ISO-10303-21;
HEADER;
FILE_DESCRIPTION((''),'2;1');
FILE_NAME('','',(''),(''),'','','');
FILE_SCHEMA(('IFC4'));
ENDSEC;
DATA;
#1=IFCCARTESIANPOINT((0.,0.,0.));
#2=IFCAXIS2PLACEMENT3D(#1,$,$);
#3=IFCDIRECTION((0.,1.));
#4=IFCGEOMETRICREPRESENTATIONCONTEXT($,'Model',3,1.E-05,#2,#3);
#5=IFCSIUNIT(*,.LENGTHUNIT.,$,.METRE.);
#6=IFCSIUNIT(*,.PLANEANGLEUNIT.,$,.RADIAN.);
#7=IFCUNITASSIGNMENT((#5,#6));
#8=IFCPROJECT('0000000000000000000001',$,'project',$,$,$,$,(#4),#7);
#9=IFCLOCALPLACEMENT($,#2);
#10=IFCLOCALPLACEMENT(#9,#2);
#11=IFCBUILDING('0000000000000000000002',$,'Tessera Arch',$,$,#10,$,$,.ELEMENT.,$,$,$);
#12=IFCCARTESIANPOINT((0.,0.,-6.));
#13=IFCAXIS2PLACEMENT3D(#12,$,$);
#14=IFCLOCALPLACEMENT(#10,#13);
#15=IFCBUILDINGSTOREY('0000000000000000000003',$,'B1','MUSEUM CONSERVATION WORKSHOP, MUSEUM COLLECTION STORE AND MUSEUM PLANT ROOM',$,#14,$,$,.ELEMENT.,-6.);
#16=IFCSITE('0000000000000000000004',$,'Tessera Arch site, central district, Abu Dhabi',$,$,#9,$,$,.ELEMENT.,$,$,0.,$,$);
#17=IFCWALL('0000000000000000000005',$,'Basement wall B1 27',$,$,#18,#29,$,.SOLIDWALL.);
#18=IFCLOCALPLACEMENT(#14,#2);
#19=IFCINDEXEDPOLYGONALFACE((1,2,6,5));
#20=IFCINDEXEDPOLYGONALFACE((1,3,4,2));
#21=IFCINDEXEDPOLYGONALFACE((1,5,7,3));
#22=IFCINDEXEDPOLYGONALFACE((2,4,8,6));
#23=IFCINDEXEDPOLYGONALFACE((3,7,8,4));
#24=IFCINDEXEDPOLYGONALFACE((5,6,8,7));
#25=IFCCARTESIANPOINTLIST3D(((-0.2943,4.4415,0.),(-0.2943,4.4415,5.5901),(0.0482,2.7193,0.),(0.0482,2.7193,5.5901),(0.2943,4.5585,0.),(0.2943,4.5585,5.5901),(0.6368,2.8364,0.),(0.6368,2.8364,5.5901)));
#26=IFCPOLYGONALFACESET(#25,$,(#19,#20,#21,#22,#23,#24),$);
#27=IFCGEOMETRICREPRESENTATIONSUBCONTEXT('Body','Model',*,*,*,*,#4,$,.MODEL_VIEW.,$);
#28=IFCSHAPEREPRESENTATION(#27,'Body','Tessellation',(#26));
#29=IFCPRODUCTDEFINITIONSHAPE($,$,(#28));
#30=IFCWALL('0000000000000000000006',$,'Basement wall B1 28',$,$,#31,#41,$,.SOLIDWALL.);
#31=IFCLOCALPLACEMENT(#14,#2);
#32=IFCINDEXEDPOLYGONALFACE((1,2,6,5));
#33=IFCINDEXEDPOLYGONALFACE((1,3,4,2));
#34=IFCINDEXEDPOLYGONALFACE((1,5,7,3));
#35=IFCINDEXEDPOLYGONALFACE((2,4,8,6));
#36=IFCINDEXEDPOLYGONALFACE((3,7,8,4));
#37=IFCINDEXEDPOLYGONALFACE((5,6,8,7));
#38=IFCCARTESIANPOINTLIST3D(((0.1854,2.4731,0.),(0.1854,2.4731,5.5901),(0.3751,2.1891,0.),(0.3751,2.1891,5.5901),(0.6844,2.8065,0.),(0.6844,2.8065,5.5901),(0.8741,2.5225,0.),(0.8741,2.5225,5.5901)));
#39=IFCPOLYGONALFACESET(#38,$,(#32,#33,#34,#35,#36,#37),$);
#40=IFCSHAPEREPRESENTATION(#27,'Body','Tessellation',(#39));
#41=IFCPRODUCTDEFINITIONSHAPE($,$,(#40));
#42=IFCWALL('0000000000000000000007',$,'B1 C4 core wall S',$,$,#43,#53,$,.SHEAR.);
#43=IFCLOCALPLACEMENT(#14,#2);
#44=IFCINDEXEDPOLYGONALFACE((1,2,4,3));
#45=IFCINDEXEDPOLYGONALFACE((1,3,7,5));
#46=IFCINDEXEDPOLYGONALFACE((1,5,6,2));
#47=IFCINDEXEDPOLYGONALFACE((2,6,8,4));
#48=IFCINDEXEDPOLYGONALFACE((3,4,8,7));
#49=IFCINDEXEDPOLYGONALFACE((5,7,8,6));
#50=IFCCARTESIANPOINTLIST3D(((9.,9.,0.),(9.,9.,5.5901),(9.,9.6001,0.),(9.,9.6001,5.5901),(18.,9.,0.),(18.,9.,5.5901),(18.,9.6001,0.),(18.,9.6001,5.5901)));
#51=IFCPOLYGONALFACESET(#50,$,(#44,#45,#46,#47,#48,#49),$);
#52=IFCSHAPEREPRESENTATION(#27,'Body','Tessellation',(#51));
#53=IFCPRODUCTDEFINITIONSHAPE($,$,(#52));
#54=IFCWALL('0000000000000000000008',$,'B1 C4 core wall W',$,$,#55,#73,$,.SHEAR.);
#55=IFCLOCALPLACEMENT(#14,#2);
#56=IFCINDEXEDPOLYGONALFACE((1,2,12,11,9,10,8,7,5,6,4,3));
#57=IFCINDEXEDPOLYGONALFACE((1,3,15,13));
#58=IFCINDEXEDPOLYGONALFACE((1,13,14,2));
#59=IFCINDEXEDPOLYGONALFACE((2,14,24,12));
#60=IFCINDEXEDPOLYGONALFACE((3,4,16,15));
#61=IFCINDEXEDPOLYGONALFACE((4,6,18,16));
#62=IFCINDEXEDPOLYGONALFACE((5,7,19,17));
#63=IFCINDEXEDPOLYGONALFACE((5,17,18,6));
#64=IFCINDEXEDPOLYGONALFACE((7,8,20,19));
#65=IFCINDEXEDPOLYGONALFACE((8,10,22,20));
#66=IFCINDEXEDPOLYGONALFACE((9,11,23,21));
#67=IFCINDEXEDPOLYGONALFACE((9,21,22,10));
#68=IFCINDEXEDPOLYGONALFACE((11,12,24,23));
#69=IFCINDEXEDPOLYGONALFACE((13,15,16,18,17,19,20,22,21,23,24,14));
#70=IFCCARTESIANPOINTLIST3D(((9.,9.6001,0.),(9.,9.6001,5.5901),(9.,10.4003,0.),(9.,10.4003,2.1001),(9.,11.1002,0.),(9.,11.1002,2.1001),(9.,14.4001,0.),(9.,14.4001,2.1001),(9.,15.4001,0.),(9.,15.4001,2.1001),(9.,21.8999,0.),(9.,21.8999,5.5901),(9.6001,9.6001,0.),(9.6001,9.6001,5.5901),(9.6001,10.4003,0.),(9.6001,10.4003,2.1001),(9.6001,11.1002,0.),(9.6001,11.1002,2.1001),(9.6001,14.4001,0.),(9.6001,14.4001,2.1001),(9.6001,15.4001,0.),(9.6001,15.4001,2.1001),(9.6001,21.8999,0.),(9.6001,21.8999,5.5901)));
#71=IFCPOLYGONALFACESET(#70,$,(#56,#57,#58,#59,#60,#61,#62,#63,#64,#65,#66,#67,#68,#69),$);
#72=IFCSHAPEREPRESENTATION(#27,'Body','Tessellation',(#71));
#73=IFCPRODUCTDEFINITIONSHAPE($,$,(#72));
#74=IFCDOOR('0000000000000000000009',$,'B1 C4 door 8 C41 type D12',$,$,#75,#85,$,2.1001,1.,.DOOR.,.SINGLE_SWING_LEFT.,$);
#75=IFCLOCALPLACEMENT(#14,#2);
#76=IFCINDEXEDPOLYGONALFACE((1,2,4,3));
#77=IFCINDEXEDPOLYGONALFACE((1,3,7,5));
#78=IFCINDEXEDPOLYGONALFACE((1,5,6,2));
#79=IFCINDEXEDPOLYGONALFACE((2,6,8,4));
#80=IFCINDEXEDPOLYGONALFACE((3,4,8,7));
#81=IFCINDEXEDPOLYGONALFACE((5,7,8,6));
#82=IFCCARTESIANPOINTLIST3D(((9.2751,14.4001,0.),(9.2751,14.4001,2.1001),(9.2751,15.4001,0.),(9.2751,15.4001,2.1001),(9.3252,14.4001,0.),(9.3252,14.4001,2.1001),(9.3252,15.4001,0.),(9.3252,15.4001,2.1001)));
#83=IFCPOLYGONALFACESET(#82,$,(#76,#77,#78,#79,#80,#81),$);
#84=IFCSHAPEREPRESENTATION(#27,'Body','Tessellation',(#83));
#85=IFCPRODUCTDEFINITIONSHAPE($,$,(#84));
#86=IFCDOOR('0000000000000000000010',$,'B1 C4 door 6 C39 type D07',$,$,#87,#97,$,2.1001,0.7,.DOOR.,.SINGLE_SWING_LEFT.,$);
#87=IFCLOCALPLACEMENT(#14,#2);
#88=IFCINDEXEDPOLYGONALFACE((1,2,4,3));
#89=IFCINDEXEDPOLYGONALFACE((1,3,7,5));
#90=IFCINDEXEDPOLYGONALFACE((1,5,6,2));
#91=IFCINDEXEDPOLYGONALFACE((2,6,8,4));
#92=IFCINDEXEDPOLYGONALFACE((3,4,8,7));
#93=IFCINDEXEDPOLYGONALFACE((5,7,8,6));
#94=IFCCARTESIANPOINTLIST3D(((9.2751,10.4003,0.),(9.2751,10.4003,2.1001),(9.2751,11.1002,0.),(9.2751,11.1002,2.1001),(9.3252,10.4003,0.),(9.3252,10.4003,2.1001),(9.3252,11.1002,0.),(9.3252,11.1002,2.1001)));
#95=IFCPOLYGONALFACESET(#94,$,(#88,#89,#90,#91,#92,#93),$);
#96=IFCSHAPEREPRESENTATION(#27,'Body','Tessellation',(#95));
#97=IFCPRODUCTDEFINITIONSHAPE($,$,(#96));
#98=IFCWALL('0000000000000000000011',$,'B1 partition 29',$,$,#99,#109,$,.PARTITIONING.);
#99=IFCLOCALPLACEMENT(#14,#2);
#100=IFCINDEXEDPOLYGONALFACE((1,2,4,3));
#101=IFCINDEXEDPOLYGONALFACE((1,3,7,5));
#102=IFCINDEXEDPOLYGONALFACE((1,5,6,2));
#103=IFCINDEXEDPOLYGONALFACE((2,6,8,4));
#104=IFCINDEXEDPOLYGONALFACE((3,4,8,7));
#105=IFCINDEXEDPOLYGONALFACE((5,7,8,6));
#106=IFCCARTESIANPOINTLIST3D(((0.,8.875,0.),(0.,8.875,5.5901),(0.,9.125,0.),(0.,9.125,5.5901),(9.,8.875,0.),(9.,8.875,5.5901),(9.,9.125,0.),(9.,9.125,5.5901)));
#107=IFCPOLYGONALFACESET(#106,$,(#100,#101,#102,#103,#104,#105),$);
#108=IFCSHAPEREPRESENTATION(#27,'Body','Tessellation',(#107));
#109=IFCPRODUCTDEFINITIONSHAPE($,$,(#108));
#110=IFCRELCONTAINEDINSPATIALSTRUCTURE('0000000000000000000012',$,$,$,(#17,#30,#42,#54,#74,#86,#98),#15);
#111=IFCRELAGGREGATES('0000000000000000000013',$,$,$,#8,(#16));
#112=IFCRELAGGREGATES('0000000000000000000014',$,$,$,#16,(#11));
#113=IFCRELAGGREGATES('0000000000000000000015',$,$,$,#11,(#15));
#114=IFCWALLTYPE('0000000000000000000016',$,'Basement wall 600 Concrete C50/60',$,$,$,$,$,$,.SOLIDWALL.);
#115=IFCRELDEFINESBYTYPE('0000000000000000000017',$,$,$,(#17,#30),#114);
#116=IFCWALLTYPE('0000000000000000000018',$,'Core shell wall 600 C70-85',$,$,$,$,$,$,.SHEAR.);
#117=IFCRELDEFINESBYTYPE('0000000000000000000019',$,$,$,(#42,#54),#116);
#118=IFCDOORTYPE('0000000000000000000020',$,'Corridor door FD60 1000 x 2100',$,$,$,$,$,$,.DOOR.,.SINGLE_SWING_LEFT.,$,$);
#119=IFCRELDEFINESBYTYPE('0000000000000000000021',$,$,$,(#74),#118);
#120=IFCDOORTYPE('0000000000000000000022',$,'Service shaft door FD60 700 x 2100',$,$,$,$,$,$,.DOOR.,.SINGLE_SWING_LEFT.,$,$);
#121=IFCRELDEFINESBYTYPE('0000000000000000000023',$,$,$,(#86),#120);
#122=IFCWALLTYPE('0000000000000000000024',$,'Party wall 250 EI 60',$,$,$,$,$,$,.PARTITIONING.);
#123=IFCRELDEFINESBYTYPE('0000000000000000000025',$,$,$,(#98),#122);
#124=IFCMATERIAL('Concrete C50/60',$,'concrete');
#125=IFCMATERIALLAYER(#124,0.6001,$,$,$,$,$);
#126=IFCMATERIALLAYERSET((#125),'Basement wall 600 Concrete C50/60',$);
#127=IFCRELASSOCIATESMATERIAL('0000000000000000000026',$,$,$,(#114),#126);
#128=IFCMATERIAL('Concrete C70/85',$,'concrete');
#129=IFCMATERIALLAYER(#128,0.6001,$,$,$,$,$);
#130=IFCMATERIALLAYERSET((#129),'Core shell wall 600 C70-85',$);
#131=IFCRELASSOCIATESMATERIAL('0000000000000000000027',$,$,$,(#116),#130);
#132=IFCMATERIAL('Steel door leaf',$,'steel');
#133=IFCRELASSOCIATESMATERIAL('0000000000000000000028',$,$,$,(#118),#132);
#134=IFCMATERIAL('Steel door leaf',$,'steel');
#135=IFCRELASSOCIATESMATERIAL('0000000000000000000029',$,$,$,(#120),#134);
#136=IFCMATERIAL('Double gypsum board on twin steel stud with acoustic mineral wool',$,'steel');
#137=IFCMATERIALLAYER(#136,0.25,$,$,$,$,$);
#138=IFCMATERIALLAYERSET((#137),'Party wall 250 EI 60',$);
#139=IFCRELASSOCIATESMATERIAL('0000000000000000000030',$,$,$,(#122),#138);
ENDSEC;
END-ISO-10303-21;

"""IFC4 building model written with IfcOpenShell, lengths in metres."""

from ifc_helpers import new_model, si_unit, direction, frame, frame_2d, origin, place, context, subcontext, project, spatial, rectangle, extrude, material, layer, layer_set, type_object, element, fill, save


model = new_model("IFC4")

# Units and contexts
model_context = context("Model", 3, precision=1e-05, world=origin(), true_north=direction((0.0, 1.0)))
body_context = subcontext(model_context, "Body", "Model", "MODEL_VIEW")
ifc_project = project(units=[si_unit("LENGTHUNIT", "METRE"), si_unit("PLANEANGLEUNIT", "RADIAN")], contexts=[model_context])

# Site, building, storey
site_placement = place(None, origin())
site = spatial("IfcSite", under=ifc_project, at=site_placement, Name="Tessera Arch site, central district, Abu Dhabi", CompositionType="ELEMENT", RefElevation=0.0)
building_placement = place(site_placement, origin())
building = spatial("IfcBuilding", under=site, at=building_placement, Name="Tessera Arch", CompositionType="ELEMENT")
storey_placement = place(building_placement, frame((0.0, 0.0, -6.0)))
storey = spatial("IfcBuildingStorey", under=building, at=storey_placement, Name="B1", Description="MUSEUM CONSERVATION WORKSHOP, MUSEUM COLLECTION STORE AND MUSEUM PLANT ROOM", CompositionType="ELEMENT", Elevation=-6.0)

# Walls
ifc_material_1 = material(Name="Concrete C50/60", Category="concrete")
ifc_layer_1 = layer(ifc_material_1, 0.6001)
ifc_layer_set_1 = layer_set([ifc_layer_1], Name="Basement wall 600 Concrete C50/60")
wall_type_1 = type_object("IfcWallType", Name="Basement wall 600 Concrete C50/60", PredefinedType="SOLIDWALL", material=ifc_layer_set_1)
wall_1_placement = place(storey_placement, frame((0.0, 4.5, 0.0), z_axis=(0.0, 0.0, 1.0), x_axis=(0.195073, -0.980789, 0.0)))
element("IfcWall", 1, at=wall_1_placement, inside=storey, type_object=wall_type_1, Name="Basement wall B1 27", PredefinedType="SOLIDWALL", context=body_context, shape_type="SweptSolid", body=[
    extrude(rectangle(XDim=1.7559, YDim=0.6001, at=frame_2d((0.8779, 0.0))), origin(), (0.0, 0.0, 1.0), 5.5901),
])
wall_2_placement = place(storey_placement, frame((0.4348, 2.6399, 0.0), z_axis=(0.0, 0.0, 1.0), x_axis=(0.555525, -0.8315, 0.0)))
element("IfcWall", 2, at=wall_2_placement, inside=storey, type_object=wall_type_1, Name="Basement wall B1 28", PredefinedType="SOLIDWALL", context=body_context, shape_type="SweptSolid", body=[
    extrude(rectangle(XDim=0.3416, YDim=0.6001, at=frame_2d((0.1709, 0.0))), origin(), (0.0, 0.0, 1.0), 5.5901),
])
ifc_material_2 = material(Name="Concrete C70/85", Category="concrete")
ifc_layer_2 = layer(ifc_material_2, 0.6001)
ifc_layer_set_2 = layer_set([ifc_layer_2], Name="Core shell wall 600 C70-85")
wall_type_2 = type_object("IfcWallType", Name="Core shell wall 600 C70-85", PredefinedType="SHEAR", material=ifc_layer_set_2)
wall_3_placement = place(storey_placement, frame((9.0, 9.3, 0.0), z_axis=(0.0, 0.0, 1.0), x_axis=(1.0, 0.0, 0.0)))
element("IfcWall", 3, at=wall_3_placement, inside=storey, type_object=wall_type_2, Name="B1 C4 core wall S", PredefinedType="SHEAR", context=body_context, shape_type="SweptSolid", body=[
    extrude(rectangle(XDim=9.0, YDim=0.6001, at=frame_2d((4.5, 0.0))), origin(), (0.0, 0.0, 1.0), 5.5901),
])

# Wall, openings, doors
wall_4_placement = place(storey_placement, frame((9.3, 9.6001, 0.0), z_axis=(0.0, 0.0, 1.0), x_axis=(0.0, 1.0, 0.0)))
wall_4 = element("IfcWall", 4, at=wall_4_placement, inside=storey, type_object=wall_type_2, Name="B1 C4 core wall W", PredefinedType="SHEAR", context=body_context, shape_type="SweptSolid", body=[
    extrude(rectangle(XDim=12.2998, YDim=0.6001, at=frame_2d((6.1499, 0.0))), origin(), (0.0, 0.0, 1.0), 5.5901),
])
opening_1_placement = place(wall_4_placement, frame((0.8, 0.0, 0.0)))
opening_1 = element("IfcOpeningElement", 5, at=opening_1_placement, cuts=wall_4, PredefinedType="OPENING", context=body_context, shape_type="SweptSolid", body=[
    extrude(rectangle(XDim=0.7, YDim=2.1001, at=frame_2d((0.3501, 1.05))), frame((0.0, 0.3101, 0.0), z_axis=(0.0, -1.0, 0.0), x_axis=(1.0, 0.0, 0.0)), (0.0, 0.0, 1.0), 0.6201),
])
opening_2_placement = place(wall_4_placement, frame((4.8, 0.0, 0.0)))
opening_2 = element("IfcOpeningElement", 6, at=opening_2_placement, cuts=wall_4, PredefinedType="OPENING", context=body_context, shape_type="SweptSolid", body=[
    extrude(rectangle(XDim=1.0, YDim=2.1001, at=frame_2d((0.5, 1.05))), frame((0.0, 0.3101, 0.0), z_axis=(0.0, -1.0, 0.0), x_axis=(1.0, 0.0, 0.0)), (0.0, 0.0, 1.0), 0.6201),
])
ifc_material_3 = material(Name="Steel door leaf", Category="steel")
door_type_1 = type_object("IfcDoorType", Name="Corridor door FD60 1000 x 2100", OperationType="SINGLE_SWING_LEFT", PredefinedType="DOOR", material=ifc_material_3)
door_1_placement = place(opening_2_placement, origin())
door_1 = element("IfcDoor", 7, at=door_1_placement, inside=storey, type_object=door_type_1, Name="B1 C4 door 8 C41 type D12", OperationType="SINGLE_SWING_LEFT", OverallHeight=2.1001, OverallWidth=1.0, PredefinedType="DOOR", context=body_context, shape_type="SweptSolid", body=[
    extrude(rectangle(XDim=1.0, YDim=2.1001, at=frame_2d((0.5, 1.05))), frame((0.0, 0.0249, 0.0), z_axis=(0.0, -1.0, 0.0), x_axis=(1.0, 0.0, 0.0)), (0.0, 0.0, 1.0), 0.05),
])
fill(opening_2, door_1)
ifc_material_4 = material(Name="Steel door leaf", Category="steel")
door_type_2 = type_object("IfcDoorType", Name="Service shaft door FD60 700 x 2100", OperationType="SINGLE_SWING_LEFT", PredefinedType="DOOR", material=ifc_material_4)
door_2_placement = place(opening_1_placement, origin())
door_2 = element("IfcDoor", 8, at=door_2_placement, inside=storey, type_object=door_type_2, Name="B1 C4 door 6 C39 type D07", OperationType="SINGLE_SWING_LEFT", OverallHeight=2.1001, OverallWidth=0.7, PredefinedType="DOOR", context=body_context, shape_type="SweptSolid", body=[
    extrude(rectangle(XDim=0.7, YDim=2.1001, at=frame_2d((0.3501, 1.05))), frame((0.0, 0.0249, 0.0), z_axis=(0.0, -1.0, 0.0), x_axis=(1.0, 0.0, 0.0)), (0.0, 0.0, 1.0), 0.05),
])
fill(opening_1, door_2)

# Wall
ifc_material_5 = material(Name="Double gypsum board on twin steel stud with acoustic mineral wool", Category="steel")
ifc_layer_3 = layer(ifc_material_5, 0.25)
ifc_layer_set_3 = layer_set([ifc_layer_3], Name="Party wall 250 EI 60")
wall_type_3 = type_object("IfcWallType", Name="Party wall 250 EI 60", PredefinedType="PARTITIONING", material=ifc_layer_set_3)
wall_5_placement = place(storey_placement, frame((0.0, 9.0, 0.0), z_axis=(0.0, 0.0, 1.0), x_axis=(1.0, 0.0, 0.0)))
element("IfcWall", 9, at=wall_5_placement, inside=storey, type_object=wall_type_3, Name="B1 partition 29", PredefinedType="PARTITIONING", context=body_context, shape_type="SweptSolid", body=[
    extrude(rectangle(XDim=9.0, YDim=0.25, at=frame_2d((4.5, 0.0))), origin(), (0.0, 0.0, 1.0), 5.5901),
])

save(model, "model.ifc")
